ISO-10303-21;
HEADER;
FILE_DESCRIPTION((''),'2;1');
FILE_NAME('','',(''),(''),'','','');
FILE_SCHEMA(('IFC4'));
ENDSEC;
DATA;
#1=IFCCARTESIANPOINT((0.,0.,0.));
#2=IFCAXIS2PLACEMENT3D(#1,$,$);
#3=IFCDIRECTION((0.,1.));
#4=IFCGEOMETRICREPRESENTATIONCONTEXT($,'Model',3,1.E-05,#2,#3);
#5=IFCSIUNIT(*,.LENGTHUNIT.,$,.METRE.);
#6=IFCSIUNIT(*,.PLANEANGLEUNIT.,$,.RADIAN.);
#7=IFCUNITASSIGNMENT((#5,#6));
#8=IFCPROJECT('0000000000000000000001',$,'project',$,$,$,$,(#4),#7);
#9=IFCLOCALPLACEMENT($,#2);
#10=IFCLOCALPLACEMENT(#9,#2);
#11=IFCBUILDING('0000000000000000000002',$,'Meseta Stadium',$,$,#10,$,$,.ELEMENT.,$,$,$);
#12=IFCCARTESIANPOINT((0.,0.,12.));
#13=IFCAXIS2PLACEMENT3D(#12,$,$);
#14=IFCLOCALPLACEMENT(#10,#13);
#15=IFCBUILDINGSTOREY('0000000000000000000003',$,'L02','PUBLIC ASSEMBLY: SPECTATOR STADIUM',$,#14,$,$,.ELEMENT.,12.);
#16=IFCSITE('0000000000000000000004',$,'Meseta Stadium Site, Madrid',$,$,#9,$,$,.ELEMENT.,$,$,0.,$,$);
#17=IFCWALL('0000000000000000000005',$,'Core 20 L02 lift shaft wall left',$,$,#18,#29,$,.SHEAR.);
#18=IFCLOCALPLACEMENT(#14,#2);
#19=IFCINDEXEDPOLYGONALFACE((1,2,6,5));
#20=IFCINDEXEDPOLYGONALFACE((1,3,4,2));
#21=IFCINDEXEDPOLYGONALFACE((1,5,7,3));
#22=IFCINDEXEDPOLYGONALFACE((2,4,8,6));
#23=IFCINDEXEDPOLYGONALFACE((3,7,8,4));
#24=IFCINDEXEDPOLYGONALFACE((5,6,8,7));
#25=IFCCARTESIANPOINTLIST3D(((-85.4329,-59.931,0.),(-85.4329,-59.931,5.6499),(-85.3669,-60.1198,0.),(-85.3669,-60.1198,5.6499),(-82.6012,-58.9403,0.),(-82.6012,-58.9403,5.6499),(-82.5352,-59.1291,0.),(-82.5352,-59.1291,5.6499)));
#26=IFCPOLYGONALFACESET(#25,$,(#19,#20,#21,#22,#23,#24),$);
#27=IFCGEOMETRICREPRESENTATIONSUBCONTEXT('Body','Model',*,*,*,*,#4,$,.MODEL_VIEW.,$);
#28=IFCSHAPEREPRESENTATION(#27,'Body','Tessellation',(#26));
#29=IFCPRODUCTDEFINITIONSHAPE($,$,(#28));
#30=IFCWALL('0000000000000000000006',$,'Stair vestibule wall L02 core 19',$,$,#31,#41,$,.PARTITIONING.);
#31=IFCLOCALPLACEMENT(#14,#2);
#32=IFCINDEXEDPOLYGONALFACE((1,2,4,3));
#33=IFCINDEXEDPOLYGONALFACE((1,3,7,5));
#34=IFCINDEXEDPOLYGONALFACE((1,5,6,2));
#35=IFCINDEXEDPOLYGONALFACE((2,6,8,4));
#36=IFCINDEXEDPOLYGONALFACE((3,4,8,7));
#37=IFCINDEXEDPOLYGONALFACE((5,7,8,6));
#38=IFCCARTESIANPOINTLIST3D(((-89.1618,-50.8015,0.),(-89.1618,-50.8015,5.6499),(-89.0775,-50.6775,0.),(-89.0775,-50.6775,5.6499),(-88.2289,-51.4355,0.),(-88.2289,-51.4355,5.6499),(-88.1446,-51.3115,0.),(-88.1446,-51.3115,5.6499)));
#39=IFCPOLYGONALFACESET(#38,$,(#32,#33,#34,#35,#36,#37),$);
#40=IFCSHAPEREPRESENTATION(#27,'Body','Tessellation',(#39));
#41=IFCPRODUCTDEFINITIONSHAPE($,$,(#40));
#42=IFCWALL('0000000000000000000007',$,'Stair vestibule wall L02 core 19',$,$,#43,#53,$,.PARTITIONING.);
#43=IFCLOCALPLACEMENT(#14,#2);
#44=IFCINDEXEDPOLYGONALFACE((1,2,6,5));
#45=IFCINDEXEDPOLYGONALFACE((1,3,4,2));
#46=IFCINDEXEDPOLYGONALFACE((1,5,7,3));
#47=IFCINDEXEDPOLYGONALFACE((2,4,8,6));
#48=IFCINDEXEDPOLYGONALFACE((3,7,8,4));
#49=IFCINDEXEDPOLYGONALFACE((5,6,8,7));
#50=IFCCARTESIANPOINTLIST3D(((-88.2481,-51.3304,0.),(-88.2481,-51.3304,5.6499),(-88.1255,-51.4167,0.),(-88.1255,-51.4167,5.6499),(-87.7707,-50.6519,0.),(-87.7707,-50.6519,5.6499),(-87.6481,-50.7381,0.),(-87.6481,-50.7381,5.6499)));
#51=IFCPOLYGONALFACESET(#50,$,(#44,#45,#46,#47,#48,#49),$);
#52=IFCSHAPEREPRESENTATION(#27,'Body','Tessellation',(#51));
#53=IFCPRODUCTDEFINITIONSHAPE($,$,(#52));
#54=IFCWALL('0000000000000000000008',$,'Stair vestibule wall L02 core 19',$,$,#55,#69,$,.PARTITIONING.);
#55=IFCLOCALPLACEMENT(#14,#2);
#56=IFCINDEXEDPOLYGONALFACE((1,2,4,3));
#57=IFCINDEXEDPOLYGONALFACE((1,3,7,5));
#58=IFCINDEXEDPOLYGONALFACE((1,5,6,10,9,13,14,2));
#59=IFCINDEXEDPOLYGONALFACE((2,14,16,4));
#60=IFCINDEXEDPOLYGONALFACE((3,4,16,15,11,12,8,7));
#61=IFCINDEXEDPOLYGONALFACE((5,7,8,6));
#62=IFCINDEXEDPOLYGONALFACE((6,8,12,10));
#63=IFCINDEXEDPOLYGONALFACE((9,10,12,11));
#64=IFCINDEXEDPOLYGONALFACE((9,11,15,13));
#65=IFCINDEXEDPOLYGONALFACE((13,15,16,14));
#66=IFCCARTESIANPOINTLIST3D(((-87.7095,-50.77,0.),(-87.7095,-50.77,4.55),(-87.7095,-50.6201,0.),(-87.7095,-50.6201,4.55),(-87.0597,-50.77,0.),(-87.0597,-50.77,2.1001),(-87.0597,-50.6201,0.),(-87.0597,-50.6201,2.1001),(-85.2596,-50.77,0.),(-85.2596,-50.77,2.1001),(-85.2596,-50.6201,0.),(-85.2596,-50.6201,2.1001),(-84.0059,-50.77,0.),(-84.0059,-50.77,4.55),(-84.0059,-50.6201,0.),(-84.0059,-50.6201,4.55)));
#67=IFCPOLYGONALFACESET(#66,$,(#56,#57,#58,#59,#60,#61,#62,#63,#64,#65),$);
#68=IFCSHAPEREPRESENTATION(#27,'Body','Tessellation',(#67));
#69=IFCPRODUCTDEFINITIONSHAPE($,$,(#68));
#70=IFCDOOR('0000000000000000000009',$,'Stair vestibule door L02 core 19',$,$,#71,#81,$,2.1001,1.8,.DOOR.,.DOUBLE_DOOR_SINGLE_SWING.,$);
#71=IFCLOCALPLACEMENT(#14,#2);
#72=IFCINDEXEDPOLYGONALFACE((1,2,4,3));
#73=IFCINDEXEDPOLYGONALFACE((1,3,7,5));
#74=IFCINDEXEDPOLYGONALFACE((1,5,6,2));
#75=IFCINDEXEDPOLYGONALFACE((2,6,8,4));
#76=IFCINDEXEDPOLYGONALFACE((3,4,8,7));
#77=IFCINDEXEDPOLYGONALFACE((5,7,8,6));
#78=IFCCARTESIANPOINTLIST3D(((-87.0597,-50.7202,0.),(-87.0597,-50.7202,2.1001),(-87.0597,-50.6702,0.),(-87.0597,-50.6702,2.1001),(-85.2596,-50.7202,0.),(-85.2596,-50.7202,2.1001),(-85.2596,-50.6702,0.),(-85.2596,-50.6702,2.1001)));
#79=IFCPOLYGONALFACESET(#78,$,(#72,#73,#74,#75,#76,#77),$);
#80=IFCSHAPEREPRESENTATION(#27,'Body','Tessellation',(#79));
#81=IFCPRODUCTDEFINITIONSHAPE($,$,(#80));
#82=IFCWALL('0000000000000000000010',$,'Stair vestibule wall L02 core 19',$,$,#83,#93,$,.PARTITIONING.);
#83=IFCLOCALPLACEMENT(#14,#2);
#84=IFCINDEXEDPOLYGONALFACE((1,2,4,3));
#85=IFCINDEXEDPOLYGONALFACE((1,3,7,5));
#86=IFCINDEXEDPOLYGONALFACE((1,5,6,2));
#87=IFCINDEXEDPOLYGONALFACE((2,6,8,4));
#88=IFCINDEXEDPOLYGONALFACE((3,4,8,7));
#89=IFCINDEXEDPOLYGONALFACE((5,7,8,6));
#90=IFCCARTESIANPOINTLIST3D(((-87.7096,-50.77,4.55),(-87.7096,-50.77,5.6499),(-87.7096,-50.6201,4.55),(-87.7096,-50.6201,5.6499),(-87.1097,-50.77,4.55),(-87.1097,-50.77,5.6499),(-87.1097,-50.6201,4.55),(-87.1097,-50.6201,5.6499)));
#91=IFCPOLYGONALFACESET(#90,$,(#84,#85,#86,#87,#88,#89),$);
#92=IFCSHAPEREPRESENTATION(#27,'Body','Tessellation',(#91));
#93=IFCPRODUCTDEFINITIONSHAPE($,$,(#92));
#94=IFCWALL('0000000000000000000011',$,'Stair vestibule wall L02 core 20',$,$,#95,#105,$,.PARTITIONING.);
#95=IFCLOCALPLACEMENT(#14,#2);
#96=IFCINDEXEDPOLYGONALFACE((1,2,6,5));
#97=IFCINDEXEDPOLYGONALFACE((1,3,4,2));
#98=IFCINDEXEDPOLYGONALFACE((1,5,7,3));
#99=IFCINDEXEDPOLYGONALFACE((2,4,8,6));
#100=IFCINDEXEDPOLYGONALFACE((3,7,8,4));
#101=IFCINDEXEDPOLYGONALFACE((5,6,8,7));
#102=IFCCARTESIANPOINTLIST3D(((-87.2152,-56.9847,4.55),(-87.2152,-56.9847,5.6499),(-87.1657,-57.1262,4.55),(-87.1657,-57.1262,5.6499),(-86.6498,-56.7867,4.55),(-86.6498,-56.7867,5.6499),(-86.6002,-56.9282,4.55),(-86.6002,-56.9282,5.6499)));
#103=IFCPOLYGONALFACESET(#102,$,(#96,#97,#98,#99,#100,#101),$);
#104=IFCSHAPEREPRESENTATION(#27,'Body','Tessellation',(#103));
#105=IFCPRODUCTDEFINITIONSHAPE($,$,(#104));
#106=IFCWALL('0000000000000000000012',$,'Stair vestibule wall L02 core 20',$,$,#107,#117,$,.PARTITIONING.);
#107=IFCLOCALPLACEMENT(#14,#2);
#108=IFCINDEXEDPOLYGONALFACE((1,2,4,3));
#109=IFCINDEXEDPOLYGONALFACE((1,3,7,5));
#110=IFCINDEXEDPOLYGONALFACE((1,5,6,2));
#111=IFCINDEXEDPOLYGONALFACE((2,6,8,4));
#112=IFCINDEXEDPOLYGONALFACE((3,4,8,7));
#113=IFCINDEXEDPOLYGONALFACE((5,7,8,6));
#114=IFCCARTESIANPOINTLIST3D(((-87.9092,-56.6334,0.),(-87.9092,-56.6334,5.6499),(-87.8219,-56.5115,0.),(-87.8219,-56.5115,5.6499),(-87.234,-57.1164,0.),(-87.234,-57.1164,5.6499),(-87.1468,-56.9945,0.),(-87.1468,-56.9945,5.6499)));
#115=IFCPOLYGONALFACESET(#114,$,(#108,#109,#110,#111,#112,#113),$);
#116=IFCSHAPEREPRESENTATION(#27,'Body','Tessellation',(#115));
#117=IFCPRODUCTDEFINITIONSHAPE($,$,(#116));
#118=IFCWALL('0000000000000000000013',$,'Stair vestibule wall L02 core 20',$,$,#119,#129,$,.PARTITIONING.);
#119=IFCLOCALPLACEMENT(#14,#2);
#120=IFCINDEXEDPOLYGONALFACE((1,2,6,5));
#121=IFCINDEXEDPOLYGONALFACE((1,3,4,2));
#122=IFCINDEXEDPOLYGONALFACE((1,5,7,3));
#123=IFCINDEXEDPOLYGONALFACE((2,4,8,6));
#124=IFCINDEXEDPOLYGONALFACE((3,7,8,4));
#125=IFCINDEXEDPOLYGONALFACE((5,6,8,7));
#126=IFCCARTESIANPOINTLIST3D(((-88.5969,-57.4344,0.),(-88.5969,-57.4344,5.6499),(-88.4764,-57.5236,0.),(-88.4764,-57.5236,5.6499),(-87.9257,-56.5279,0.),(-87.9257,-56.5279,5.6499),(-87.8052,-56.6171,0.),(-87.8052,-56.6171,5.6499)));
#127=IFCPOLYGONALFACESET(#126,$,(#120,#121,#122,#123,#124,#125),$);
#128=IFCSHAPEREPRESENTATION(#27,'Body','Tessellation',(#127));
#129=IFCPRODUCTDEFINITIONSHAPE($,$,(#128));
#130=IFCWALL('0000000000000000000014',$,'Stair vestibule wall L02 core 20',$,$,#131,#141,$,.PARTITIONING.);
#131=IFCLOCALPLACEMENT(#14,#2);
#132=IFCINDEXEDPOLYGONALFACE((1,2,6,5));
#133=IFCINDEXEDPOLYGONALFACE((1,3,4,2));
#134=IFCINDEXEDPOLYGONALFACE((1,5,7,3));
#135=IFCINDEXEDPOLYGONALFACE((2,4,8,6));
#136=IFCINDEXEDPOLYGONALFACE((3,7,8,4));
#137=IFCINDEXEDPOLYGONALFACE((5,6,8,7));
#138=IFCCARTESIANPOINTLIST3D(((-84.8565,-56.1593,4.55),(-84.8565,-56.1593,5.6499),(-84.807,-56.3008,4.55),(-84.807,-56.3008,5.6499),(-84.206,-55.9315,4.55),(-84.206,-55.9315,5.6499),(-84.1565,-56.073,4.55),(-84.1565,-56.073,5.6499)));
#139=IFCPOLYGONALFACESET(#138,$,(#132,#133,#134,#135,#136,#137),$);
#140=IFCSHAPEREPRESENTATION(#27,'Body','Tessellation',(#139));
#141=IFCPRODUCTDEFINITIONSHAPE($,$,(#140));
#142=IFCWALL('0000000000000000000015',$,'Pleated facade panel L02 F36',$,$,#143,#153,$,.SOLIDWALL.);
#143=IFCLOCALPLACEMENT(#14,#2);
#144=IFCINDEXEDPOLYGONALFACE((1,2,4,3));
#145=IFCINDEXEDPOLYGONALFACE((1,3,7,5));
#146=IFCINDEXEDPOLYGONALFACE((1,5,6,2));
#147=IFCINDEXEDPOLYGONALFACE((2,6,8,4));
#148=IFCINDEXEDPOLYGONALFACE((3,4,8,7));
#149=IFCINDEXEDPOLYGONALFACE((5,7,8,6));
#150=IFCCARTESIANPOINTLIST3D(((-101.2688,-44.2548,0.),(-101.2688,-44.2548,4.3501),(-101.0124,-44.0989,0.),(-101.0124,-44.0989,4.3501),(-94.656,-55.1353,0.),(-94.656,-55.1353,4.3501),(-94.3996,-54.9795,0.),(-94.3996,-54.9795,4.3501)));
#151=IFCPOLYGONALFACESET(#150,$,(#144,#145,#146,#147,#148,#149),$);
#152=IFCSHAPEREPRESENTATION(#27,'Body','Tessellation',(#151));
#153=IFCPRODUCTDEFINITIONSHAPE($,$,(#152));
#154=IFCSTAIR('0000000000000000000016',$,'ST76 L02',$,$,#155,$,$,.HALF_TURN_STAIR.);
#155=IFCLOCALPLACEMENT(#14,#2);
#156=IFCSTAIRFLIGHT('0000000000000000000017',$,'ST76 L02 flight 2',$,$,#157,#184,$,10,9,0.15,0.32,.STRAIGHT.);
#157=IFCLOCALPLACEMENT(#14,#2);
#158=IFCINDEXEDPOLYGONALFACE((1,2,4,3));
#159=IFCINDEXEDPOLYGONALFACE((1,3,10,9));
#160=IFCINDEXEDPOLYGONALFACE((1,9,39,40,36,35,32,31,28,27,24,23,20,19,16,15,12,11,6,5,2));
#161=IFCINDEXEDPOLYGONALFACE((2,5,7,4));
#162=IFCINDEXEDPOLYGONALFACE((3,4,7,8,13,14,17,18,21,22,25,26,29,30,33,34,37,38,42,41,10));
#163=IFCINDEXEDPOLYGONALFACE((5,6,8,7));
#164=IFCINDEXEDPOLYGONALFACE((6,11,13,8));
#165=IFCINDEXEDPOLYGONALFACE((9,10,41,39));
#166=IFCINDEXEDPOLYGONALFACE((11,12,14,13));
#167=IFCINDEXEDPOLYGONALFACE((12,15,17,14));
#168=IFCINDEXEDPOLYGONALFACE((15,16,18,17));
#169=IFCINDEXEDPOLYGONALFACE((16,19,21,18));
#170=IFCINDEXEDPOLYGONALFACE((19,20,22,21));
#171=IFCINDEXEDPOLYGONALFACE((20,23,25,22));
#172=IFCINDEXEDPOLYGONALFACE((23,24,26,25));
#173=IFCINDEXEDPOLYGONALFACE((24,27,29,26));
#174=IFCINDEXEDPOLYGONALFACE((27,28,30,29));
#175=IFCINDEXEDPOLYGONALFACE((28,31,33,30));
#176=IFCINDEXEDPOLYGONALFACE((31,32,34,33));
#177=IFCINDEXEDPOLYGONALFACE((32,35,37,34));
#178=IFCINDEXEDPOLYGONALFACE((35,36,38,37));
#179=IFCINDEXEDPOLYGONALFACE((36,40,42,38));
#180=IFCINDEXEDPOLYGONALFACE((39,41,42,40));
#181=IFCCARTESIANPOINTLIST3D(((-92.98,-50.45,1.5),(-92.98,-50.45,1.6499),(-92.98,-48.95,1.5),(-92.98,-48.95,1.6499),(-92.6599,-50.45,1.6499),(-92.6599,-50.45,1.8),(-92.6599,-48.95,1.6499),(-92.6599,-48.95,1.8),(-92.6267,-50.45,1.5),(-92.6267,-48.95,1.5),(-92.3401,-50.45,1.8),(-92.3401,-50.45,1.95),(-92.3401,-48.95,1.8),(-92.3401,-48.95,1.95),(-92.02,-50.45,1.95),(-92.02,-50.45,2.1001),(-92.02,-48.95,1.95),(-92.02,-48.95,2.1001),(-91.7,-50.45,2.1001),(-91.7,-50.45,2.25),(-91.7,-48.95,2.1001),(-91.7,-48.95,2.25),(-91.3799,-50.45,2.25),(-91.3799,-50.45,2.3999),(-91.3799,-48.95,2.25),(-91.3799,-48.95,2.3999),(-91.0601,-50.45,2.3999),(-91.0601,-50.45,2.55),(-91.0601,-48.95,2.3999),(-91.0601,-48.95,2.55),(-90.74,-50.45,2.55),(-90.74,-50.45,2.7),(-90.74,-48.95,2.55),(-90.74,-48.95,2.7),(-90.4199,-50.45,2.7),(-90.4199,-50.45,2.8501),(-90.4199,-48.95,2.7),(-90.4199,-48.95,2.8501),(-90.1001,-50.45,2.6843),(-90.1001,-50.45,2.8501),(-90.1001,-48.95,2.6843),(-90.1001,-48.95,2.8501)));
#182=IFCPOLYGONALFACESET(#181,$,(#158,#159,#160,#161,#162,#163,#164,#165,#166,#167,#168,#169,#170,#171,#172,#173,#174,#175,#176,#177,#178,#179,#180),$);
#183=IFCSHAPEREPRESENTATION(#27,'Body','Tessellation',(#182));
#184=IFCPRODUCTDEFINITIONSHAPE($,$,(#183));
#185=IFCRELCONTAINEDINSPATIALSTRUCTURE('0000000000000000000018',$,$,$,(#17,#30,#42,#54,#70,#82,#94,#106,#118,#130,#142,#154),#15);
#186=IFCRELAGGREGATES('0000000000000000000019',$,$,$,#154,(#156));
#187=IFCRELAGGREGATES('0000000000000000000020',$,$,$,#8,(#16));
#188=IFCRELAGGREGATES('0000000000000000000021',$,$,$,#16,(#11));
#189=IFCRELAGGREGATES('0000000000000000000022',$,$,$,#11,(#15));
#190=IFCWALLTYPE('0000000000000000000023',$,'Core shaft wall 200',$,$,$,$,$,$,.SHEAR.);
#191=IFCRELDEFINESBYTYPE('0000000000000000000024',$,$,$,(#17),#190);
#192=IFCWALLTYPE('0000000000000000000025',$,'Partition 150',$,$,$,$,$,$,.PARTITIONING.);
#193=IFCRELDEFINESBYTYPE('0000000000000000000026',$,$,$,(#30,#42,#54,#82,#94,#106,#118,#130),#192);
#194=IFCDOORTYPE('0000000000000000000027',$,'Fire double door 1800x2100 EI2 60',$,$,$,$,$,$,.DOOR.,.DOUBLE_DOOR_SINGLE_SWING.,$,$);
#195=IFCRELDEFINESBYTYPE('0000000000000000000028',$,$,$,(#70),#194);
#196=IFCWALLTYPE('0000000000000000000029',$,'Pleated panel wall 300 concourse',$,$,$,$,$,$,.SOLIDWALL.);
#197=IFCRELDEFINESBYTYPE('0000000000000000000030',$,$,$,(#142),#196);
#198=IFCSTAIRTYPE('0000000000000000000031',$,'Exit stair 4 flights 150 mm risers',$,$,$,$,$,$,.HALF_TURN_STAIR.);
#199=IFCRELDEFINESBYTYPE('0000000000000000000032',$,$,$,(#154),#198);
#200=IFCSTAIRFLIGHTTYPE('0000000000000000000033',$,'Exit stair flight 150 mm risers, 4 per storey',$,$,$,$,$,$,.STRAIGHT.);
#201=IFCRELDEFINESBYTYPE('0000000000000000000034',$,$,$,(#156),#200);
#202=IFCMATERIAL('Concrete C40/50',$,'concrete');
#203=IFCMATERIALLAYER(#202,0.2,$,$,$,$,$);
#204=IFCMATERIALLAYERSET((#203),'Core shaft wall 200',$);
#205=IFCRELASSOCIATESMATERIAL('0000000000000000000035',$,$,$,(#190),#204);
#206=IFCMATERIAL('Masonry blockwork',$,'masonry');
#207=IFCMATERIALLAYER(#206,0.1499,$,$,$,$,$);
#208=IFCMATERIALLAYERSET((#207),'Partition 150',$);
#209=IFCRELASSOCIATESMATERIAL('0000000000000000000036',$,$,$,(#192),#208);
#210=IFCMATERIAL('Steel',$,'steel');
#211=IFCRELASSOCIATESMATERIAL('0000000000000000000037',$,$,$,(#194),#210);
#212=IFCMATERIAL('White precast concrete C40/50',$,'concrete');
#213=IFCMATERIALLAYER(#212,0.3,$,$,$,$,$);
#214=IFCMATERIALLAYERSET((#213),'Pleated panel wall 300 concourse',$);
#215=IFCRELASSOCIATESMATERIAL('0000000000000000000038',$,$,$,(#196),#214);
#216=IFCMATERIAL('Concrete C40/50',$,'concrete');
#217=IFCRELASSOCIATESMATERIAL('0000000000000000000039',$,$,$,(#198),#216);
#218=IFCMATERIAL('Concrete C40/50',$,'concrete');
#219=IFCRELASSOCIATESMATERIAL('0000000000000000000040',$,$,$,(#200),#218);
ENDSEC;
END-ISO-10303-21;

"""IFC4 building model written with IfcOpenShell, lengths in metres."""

from ifc_helpers import new_model, si_unit, direction, frame, frame_2d, origin, place, context, subcontext, project, spatial, polyline, rectangle, outline, extrude, material, layer, layer_set, type_object, element, fill, aggregate, save


model = new_model("IFC4")

# Units and contexts
model_context = context("Model", 3, precision=1e-05, world=origin(), true_north=direction((0.0, 1.0)))
body_context = subcontext(model_context, "Body", "Model", "MODEL_VIEW")
ifc_project = project(units=[si_unit("LENGTHUNIT", "METRE"), si_unit("PLANEANGLEUNIT", "RADIAN")], contexts=[model_context])

# Site, building, storey
site_placement = place(None, origin())
site = spatial("IfcSite", under=ifc_project, at=site_placement, Name="Meseta Stadium Site, Madrid", CompositionType="ELEMENT", RefElevation=0.0)
building_placement = place(site_placement, origin())
building = spatial("IfcBuilding", under=site, at=building_placement, Name="Meseta Stadium", CompositionType="ELEMENT")
storey_placement = place(building_placement, frame((0.0, 0.0, 12.0)))
storey = spatial("IfcBuildingStorey", under=building, at=storey_placement, Name="L02", Description="PUBLIC ASSEMBLY: SPECTATOR STADIUM", CompositionType="ELEMENT", Elevation=12.0)

# Shared definitions
ifc_material_1 = material(Name="Concrete C40/50", Category="concrete")
ifc_layer_1 = layer(ifc_material_1, 0.2)
ifc_layer_set_1 = layer_set([ifc_layer_1], Name="Core shaft wall 200")
wall_type_1 = type_object("IfcWallType", Name="Core shaft wall 200", PredefinedType="SHEAR", material=ifc_layer_set_1)

# Walls
wall_1_placement = place(storey_placement, frame((-85.3999, -60.0254, 0.0), z_axis=(0.0, 0.0, 1.0), x_axis=(0.9439, 0.330231, 0.0)))
element("IfcWall", 1, at=wall_1_placement, inside=storey, type_object=wall_type_1, Name="Core 20 L02 lift shaft wall left", PredefinedType="SHEAR", context=body_context, shape_type="SweptSolid", body=[
    extrude(rectangle(XDim=3.0, YDim=0.2, at=frame_2d((1.5, 0.0))), origin(), (0.0, 0.0, 1.0), 5.6499),
])
ifc_material_2 = material(Name="Masonry blockwork", Category="masonry")
ifc_layer_2 = layer(ifc_material_2, 0.1499)
ifc_layer_set_2 = layer_set([ifc_layer_2], Name="Partition 150")
wall_type_2 = type_object("IfcWallType", Name="Partition 150", PredefinedType="PARTITIONING", material=ifc_layer_set_2)
wall_2_placement = place(storey_placement, frame((-89.1196, -50.7395, 0.0), z_axis=(0.0, 0.0, 1.0), x_axis=(0.827055, -0.562121, 0.0)))
element("IfcWall", 2, at=wall_2_placement, inside=storey, type_object=wall_type_2, Name="Stair vestibule wall L02 core 19", PredefinedType="PARTITIONING", context=body_context, shape_type="SweptSolid", body=[
    extrude(rectangle(XDim=1.1279, YDim=0.1499, at=frame_2d((0.564, 0.0))), origin(), (0.0, 0.0, 1.0), 5.6499),
])
wall_3_placement = place(storey_placement, frame((-88.1868, -51.3735, 0.0), z_axis=(0.0, 0.0, 1.0), x_axis=(0.575377, 0.817888, 0.0)))
element("IfcWall", 3, at=wall_3_placement, inside=storey, type_object=wall_type_2, Name="Stair vestibule wall L02 core 19", PredefinedType="PARTITIONING", context=body_context, shape_type="SweptSolid", body=[
    extrude(rectangle(XDim=0.8296, YDim=0.1499, at=frame_2d((0.4148, 0.0))), origin(), (0.0, 0.0, 1.0), 5.6499),
])

# Wall, opening, door
wall_4_placement = place(storey_placement, frame((-87.7095, -50.6951, 0.0), z_axis=(0.0, 0.0, 1.0), x_axis=(1.0, 0.0, 0.0)))
wall_4 = element("IfcWall", 4, at=wall_4_placement, inside=storey, type_object=wall_type_2, Name="Stair vestibule wall L02 core 19", PredefinedType="PARTITIONING", context=body_context, shape_type="SweptSolid", body=[
    extrude(rectangle(XDim=3.7036, YDim=0.1499, at=frame_2d((1.8518, 0.0))), origin(), (0.0, 0.0, 1.0), 4.55),
])
opening_1_placement = place(wall_4_placement, frame((0.6499, 0.0, 0.0)))
opening_1 = element("IfcOpeningElement", 5, at=opening_1_placement, cuts=wall_4, PredefinedType="OPENING", context=body_context, shape_type="SweptSolid", body=[
    extrude(rectangle(XDim=1.8, YDim=2.1001, at=frame_2d((0.8999, 1.05))), frame((0.0, 0.085, 0.0), z_axis=(0.0, -1.0, 0.0), x_axis=(1.0, 0.0, 0.0)), (0.0, 0.0, 1.0), 0.1699),
])
ifc_material_3 = material(Name="Steel", Category="steel")
door_type_1 = type_object("IfcDoorType", Name="Fire double door 1800x2100 EI2 60", OperationType="DOUBLE_DOOR_SINGLE_SWING", PredefinedType="DOOR", material=ifc_material_3)
door_1_placement = place(opening_1_placement, origin())
door_1 = element("IfcDoor", 6, at=door_1_placement, inside=storey, type_object=door_type_1, Name="Stair vestibule door L02 core 19", OperationType="DOUBLE_DOOR_SINGLE_SWING", OverallHeight=2.1001, OverallWidth=1.8, PredefinedType="DOOR", context=body_context, shape_type="SweptSolid", body=[
    extrude(rectangle(XDim=1.8, YDim=2.1001, at=frame_2d((0.8999, 1.05))), frame((0.0, 0.0249, 0.0), z_axis=(0.0, -1.0, 0.0), x_axis=(1.0, 0.0, 0.0)), (0.0, 0.0, 1.0), 0.05),
])
fill(opening_1, door_1)

# Walls
wall_5_placement = place(storey_placement, frame((-87.7095, -50.6951, 4.55), z_axis=(0.0, 0.0, 1.0), x_axis=(1.0, 0.0, 0.0)))
element("IfcWall", 7, at=wall_5_placement, inside=storey, type_object=wall_type_2, Name="Stair vestibule wall L02 core 19", PredefinedType="PARTITIONING", context=body_context, shape_type="SweptSolid", body=[
    extrude(rectangle(XDim=0.5999, YDim=0.1499, at=frame_2d((0.2998, 0.0))), origin(), (0.0, 0.0, 1.0), 1.0999),
])
wall_6_placement = place(storey_placement, frame((-86.625, -56.8574, 4.55), z_axis=(0.0, 0.0, 1.0), x_axis=(-0.943808, -0.330496, 0.0)))
element("IfcWall", 8, at=wall_6_placement, inside=storey, type_object=wall_type_2, Name="Stair vestibule wall L02 core 20", PredefinedType="PARTITIONING", context=body_context, shape_type="SweptSolid", body=[
    extrude(rectangle(XDim=0.5991, YDim=0.1499, at=frame_2d((0.2996, 0.0))), origin(), (0.0, 0.0, 1.0), 1.0999),
])
wall_7_placement = place(storey_placement, frame((-87.1904, -57.0554, 0.0), z_axis=(0.0, 0.0, 1.0), x_axis=(-0.813316, 0.581822, 0.0)))
element("IfcWall", 9, at=wall_7_placement, inside=storey, type_object=wall_type_2, Name="Stair vestibule wall L02 core 20", PredefinedType="PARTITIONING", context=body_context, shape_type="SweptSolid", body=[
    extrude(rectangle(XDim=0.8301, YDim=0.1499, at=frame_2d((0.415, 0.0))), origin(), (0.0, 0.0, 1.0), 5.6499),
])
wall_8_placement = place(storey_placement, frame((-87.8655, -56.5725, 0.0), z_axis=(0.0, 0.0, 1.0), x_axis=(-0.595036, -0.803699, 0.0)))
element("IfcWall", 10, at=wall_8_placement, inside=storey, type_object=wall_type_2, Name="Stair vestibule wall L02 core 20", PredefinedType="PARTITIONING", context=body_context, shape_type="SweptSolid", body=[
    extrude(rectangle(XDim=1.1279, YDim=0.1499, at=frame_2d((0.564, 0.0))), origin(), (0.0, 0.0, 1.0), 5.6499),
])
wall_9_placement = place(storey_placement, frame((-84.1812, -56.0022, 4.55), z_axis=(0.0, 0.0, 1.0), x_axis=(-0.943792, -0.33054, 0.0)))
element("IfcWall", 11, at=wall_9_placement, inside=storey, type_object=wall_type_2, Name="Stair vestibule wall L02 core 20", PredefinedType="PARTITIONING", context=body_context, shape_type="SweptSolid", body=[
    extrude(rectangle(XDim=0.6892, YDim=0.1499, at=frame_2d((0.3447, 0.0))), origin(), (0.0, 0.0, 1.0), 1.0999),
])
ifc_material_4 = material(Name="White precast concrete C40/50", Category="concrete")
ifc_layer_3 = layer(ifc_material_4, 0.3)
ifc_layer_set_3 = layer_set([ifc_layer_3], Name="Pleated panel wall 300 concourse")
wall_type_3 = type_object("IfcWallType", Name="Pleated panel wall 300 concourse", PredefinedType="SOLIDWALL", material=ifc_layer_set_3)
wall_10_placement = place(storey_placement, frame((-94.5278, -55.0574, 0.0), z_axis=(0.0, 0.0, 1.0), x_axis=(-0.519363, 0.854554, 0.0)))
element("IfcWall", 12, at=wall_10_placement, inside=storey, type_object=wall_type_3, Name="Pleated facade panel L02 F36", PredefinedType="SOLIDWALL", context=body_context, shape_type="SweptSolid", body=[
    extrude(rectangle(XDim=12.7324, YDim=0.3, at=frame_2d((6.3662, 0.0))), origin(), (0.0, 0.0, 1.0), 4.3501),
])

# Stair, stair flight
ifc_material_5 = material(Name="Concrete C40/50", Category="concrete")
stair_type = type_object("IfcStairType", Name="Exit stair 4 flights 150 mm risers", PredefinedType="HALF_TURN_STAIR", material=ifc_material_5)
stair_1_placement = place(storey_placement, origin())
stair_1 = element("IfcStair", 13, at=stair_1_placement, inside=storey, type_object=stair_type, Name="ST76 L02", PredefinedType="HALF_TURN_STAIR")
ifc_material_6 = material(Name="Concrete C40/50", Category="concrete")
stair_flight_type = type_object("IfcStairFlightType", Name="Exit stair flight 150 mm risers, 4 per storey", PredefinedType="STRAIGHT", material=ifc_material_6)
stair_flight_1_placement = place(storey_placement, frame((-92.98, -49.7, 1.5), z_axis=(0.0, 0.0, 1.0), x_axis=(1.0, 0.0, 0.0)))
stair_flight_1 = element("IfcStairFlight", 14, at=stair_flight_1_placement, type_object=stair_flight_type, Name="ST76 L02 flight 2", NumberOfRisers=10, NumberOfTreads=9, PredefinedType="STRAIGHT", RiserHeight=0.15, TreadLength=0.32, context=body_context, shape_type="SweptSolid", body=[
    extrude(outline(polyline([(0.0, 0.0), (0.0, 0.1499), (0.3201, 0.1499), (0.3201, 0.3), (0.6399, 0.3), (0.6399, 0.45), (0.96, 0.45), (0.96, 0.6001), (1.28, 0.6001), (1.28, 0.75), (1.6001, 0.75), (1.6001, 0.8999), (1.9199, 0.8999), (1.9199, 1.05), (2.24, 1.05), (2.24, 1.2), (2.5601, 1.2), (2.5601, 1.3501), (2.8799, 1.3501), (2.8799, 1.1843), (0.3533, 0.0), (0.0, 0.0)])), frame((0.0, 0.75, 0.0), z_axis=(0.0, -1.0, 0.0), x_axis=(1.0, 0.0, 0.0)), (0.0, 0.0, 1.0), 1.5),
])
aggregate(stair_1, [stair_flight_1])

save(model, "model.ifc")
